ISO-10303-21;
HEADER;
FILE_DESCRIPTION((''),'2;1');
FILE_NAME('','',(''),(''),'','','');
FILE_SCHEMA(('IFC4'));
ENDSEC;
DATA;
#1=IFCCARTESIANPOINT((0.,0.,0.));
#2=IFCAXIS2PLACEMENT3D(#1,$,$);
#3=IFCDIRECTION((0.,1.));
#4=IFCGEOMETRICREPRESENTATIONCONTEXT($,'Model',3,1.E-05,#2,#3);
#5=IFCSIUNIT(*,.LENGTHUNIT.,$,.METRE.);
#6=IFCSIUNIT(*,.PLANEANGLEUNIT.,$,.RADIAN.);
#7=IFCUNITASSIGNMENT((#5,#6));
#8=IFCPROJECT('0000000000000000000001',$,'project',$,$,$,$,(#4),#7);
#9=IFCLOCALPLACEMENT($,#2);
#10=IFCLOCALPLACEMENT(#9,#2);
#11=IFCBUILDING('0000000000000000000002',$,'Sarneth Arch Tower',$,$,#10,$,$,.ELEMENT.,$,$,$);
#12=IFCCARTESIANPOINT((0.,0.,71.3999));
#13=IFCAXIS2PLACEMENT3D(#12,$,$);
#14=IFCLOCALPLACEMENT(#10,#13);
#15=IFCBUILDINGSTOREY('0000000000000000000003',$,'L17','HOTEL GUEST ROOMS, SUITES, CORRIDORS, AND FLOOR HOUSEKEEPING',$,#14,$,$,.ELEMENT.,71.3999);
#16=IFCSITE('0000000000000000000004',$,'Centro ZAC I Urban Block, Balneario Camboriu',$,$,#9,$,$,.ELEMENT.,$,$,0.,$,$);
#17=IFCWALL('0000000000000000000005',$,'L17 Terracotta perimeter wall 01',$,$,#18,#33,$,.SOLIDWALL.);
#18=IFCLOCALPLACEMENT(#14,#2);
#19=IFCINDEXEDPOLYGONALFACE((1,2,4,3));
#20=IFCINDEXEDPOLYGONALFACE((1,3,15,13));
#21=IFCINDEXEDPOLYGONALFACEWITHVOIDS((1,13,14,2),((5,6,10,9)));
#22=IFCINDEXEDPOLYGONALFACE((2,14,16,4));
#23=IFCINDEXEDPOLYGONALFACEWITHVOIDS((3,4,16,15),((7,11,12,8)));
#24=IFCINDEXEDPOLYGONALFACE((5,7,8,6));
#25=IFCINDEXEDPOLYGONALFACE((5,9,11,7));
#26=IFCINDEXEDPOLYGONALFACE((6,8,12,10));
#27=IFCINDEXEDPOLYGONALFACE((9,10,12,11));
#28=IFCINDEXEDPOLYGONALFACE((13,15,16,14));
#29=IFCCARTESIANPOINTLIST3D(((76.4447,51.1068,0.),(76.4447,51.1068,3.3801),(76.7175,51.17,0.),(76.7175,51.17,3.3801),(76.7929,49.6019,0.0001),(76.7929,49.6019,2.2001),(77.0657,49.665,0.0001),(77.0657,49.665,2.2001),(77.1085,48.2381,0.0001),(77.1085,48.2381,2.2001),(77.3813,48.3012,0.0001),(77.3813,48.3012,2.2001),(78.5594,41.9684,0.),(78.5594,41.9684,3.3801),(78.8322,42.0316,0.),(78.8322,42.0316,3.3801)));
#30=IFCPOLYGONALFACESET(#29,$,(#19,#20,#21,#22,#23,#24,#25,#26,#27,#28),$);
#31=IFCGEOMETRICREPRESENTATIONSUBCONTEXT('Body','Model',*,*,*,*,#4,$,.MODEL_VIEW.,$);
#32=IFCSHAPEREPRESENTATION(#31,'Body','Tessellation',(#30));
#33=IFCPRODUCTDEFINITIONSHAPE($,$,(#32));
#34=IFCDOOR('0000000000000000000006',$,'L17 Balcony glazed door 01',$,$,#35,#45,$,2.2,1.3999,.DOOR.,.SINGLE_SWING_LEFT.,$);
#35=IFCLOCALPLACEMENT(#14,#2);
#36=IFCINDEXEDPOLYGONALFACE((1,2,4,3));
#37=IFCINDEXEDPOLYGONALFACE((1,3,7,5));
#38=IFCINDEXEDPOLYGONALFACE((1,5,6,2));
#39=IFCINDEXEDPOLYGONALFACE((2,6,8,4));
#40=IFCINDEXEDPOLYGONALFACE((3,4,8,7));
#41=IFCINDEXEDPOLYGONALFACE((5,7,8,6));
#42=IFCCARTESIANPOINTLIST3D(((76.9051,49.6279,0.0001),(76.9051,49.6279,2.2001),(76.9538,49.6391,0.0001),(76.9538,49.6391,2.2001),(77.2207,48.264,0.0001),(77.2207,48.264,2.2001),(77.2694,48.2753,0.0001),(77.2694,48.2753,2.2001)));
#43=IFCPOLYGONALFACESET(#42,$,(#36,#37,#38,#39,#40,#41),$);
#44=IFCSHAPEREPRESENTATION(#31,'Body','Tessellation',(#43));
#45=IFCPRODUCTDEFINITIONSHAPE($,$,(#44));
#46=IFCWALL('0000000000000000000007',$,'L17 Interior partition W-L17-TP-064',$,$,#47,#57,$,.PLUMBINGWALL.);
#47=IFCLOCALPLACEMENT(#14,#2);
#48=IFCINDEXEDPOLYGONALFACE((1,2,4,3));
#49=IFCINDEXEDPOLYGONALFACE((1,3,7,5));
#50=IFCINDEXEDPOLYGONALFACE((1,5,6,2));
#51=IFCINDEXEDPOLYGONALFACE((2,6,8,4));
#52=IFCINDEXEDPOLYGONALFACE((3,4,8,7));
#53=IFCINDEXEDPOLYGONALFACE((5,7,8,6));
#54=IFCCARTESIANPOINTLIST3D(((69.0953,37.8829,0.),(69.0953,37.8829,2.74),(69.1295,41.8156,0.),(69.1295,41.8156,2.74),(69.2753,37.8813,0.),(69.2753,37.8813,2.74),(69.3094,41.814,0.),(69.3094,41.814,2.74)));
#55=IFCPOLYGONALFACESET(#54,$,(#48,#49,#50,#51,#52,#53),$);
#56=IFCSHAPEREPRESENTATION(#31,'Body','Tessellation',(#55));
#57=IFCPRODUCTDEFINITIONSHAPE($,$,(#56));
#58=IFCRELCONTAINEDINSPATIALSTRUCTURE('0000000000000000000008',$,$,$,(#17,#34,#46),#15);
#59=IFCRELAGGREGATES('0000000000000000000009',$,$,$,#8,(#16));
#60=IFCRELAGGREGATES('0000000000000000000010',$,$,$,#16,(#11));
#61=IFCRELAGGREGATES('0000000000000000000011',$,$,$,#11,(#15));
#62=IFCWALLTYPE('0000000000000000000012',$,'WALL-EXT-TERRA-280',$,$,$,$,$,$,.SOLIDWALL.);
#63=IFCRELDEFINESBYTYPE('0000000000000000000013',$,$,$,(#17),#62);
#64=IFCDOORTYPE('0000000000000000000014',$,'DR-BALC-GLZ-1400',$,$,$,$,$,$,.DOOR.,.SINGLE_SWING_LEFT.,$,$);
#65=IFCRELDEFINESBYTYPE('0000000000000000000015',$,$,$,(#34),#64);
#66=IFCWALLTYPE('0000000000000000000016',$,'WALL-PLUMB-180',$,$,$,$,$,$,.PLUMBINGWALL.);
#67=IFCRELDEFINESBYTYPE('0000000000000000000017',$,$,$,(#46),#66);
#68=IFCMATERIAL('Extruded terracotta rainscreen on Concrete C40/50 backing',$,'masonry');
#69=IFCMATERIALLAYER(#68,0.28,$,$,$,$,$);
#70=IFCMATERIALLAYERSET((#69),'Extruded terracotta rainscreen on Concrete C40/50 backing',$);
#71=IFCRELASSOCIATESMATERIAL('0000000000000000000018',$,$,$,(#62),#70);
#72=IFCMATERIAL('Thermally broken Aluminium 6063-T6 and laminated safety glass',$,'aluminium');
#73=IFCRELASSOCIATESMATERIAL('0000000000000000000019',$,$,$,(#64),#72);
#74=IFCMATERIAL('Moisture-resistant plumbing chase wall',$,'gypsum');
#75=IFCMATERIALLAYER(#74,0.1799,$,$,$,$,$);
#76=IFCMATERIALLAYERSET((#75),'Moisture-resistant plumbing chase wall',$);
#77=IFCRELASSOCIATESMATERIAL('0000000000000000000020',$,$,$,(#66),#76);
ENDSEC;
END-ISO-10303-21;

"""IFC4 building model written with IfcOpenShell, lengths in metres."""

from ifc_helpers import new_model, si_unit, direction, frame, frame_2d, origin, place, context, subcontext, project, spatial, rectangle, extrude, material, layer, layer_set, type_object, element, fill, save


model = new_model("IFC4")

# Units and contexts
model_context = context("Model", 3, precision=1e-05, world=origin(), true_north=direction((0.0, 1.0)))
body_context = subcontext(model_context, "Body", "Model", "MODEL_VIEW")
ifc_project = project(units=[si_unit("LENGTHUNIT", "METRE"), si_unit("PLANEANGLEUNIT", "RADIAN")], contexts=[model_context])

# Site, building, storey
site_placement = place(None, origin())
site = spatial("IfcSite", under=ifc_project, at=site_placement, Name="Centro ZAC I Urban Block, Balneario Camboriu", CompositionType="ELEMENT", RefElevation=0.0)
building_placement = place(site_placement, origin())
building = spatial("IfcBuilding", under=site, at=building_placement, Name="Sarneth Arch Tower", CompositionType="ELEMENT")
storey_placement = place(building_placement, frame((0.0, 0.0, 71.3999)))
storey = spatial("IfcBuildingStorey", under=building, at=storey_placement, Name="L17", Description="HOTEL GUEST ROOMS, SUITES, CORRIDORS, AND FLOOR HOUSEKEEPING", CompositionType="ELEMENT", Elevation=71.3999)

# Wall, opening, door
ifc_material_1 = material(Name="Extruded terracotta rainscreen on Concrete C40/50 backing", Category="masonry")
ifc_layer_1 = layer(ifc_material_1, 0.28)
ifc_layer_set_1 = layer_set([ifc_layer_1], Name="Extruded terracotta rainscreen on Concrete C40/50 backing")
wall_type_1 = type_object("IfcWallType", Name="WALL-EXT-TERRA-280", PredefinedType="SOLIDWALL", material=ifc_layer_set_1)
wall_1_placement = place(storey_placement, frame((78.6958, 42.0, 0.0), z_axis=(0.0, 0.0, 1.0), x_axis=(-0.225454, 0.974254, 0.0)))
wall_1 = element("IfcWall", 1, at=wall_1_placement, inside=storey, type_object=wall_type_1, Name="L17 Terracotta perimeter wall 01", PredefinedType="SOLIDWALL", context=body_context, shape_type="SweptSolid", body=[
    extrude(rectangle(XDim=9.3799, YDim=0.28, at=frame_2d((4.6899, 0.0))), origin(), (0.0, 0.0, 1.0), 3.3801),
])
opening_placement = place(wall_1_placement, frame((6.4353, 0.0, 0.0)))
opening = element("IfcOpeningElement", 2, at=opening_placement, cuts=wall_1, PredefinedType="OPENING", context=body_context, shape_type="SweptSolid", body=[
    extrude(rectangle(XDim=1.3999, YDim=2.2, at=frame_2d((0.7, 1.1001))), frame((0.0, 0.1499, 0.0), z_axis=(0.0, -1.0, 0.0), x_axis=(1.0, 0.0, 0.0)), (0.0, 0.0, 1.0), 0.3),
])
ifc_material_2 = material(Name="Thermally broken Aluminium 6063-T6 and laminated safety glass", Category="aluminium")
door_type = type_object("IfcDoorType", Name="DR-BALC-GLZ-1400", OperationType="SINGLE_SWING_LEFT", PredefinedType="DOOR", material=ifc_material_2)
door_placement = place(opening_placement, origin())
door = element("IfcDoor", 3, at=door_placement, inside=storey, type_object=door_type, Name="L17 Balcony glazed door 01", OperationType="SINGLE_SWING_LEFT", OverallHeight=2.2, OverallWidth=1.3999, PredefinedType="DOOR", context=body_context, shape_type="SweptSolid", body=[
    extrude(rectangle(XDim=1.3999, YDim=2.2, at=frame_2d((0.7, 1.1001))), frame((0.0, 0.0249, 0.0), z_axis=(0.0, -1.0, 0.0), x_axis=(1.0, 0.0, 0.0)), (0.0, 0.0, 1.0), 0.05),
])
fill(opening, door)

# Wall
ifc_material_3 = material(Name="Moisture-resistant plumbing chase wall", Category="gypsum")
ifc_layer_2 = layer(ifc_material_3, 0.1799)
ifc_layer_set_2 = layer_set([ifc_layer_2], Name="Moisture-resistant plumbing chase wall")
wall_type_2 = type_object("IfcWallType", Name="WALL-PLUMB-180", PredefinedType="PLUMBINGWALL", material=ifc_layer_set_2)
wall_2_placement = place(storey_placement, frame((69.2195, 41.8147, 0.0), z_axis=(0.0, 0.0, 1.0), x_axis=(-0.008691, -0.999962, 0.0)))
element("IfcWall", 4, at=wall_2_placement, inside=storey, type_object=wall_type_2, Name="L17 Interior partition W-L17-TP-064", PredefinedType="PLUMBINGWALL", context=body_context, shape_type="SweptSolid", body=[
    extrude(rectangle(XDim=3.9329, YDim=0.1799, at=frame_2d((1.9663, 0.0))), origin(), (0.0, 0.0, 1.0), 2.74),
])

save(model, "model.ifc")
